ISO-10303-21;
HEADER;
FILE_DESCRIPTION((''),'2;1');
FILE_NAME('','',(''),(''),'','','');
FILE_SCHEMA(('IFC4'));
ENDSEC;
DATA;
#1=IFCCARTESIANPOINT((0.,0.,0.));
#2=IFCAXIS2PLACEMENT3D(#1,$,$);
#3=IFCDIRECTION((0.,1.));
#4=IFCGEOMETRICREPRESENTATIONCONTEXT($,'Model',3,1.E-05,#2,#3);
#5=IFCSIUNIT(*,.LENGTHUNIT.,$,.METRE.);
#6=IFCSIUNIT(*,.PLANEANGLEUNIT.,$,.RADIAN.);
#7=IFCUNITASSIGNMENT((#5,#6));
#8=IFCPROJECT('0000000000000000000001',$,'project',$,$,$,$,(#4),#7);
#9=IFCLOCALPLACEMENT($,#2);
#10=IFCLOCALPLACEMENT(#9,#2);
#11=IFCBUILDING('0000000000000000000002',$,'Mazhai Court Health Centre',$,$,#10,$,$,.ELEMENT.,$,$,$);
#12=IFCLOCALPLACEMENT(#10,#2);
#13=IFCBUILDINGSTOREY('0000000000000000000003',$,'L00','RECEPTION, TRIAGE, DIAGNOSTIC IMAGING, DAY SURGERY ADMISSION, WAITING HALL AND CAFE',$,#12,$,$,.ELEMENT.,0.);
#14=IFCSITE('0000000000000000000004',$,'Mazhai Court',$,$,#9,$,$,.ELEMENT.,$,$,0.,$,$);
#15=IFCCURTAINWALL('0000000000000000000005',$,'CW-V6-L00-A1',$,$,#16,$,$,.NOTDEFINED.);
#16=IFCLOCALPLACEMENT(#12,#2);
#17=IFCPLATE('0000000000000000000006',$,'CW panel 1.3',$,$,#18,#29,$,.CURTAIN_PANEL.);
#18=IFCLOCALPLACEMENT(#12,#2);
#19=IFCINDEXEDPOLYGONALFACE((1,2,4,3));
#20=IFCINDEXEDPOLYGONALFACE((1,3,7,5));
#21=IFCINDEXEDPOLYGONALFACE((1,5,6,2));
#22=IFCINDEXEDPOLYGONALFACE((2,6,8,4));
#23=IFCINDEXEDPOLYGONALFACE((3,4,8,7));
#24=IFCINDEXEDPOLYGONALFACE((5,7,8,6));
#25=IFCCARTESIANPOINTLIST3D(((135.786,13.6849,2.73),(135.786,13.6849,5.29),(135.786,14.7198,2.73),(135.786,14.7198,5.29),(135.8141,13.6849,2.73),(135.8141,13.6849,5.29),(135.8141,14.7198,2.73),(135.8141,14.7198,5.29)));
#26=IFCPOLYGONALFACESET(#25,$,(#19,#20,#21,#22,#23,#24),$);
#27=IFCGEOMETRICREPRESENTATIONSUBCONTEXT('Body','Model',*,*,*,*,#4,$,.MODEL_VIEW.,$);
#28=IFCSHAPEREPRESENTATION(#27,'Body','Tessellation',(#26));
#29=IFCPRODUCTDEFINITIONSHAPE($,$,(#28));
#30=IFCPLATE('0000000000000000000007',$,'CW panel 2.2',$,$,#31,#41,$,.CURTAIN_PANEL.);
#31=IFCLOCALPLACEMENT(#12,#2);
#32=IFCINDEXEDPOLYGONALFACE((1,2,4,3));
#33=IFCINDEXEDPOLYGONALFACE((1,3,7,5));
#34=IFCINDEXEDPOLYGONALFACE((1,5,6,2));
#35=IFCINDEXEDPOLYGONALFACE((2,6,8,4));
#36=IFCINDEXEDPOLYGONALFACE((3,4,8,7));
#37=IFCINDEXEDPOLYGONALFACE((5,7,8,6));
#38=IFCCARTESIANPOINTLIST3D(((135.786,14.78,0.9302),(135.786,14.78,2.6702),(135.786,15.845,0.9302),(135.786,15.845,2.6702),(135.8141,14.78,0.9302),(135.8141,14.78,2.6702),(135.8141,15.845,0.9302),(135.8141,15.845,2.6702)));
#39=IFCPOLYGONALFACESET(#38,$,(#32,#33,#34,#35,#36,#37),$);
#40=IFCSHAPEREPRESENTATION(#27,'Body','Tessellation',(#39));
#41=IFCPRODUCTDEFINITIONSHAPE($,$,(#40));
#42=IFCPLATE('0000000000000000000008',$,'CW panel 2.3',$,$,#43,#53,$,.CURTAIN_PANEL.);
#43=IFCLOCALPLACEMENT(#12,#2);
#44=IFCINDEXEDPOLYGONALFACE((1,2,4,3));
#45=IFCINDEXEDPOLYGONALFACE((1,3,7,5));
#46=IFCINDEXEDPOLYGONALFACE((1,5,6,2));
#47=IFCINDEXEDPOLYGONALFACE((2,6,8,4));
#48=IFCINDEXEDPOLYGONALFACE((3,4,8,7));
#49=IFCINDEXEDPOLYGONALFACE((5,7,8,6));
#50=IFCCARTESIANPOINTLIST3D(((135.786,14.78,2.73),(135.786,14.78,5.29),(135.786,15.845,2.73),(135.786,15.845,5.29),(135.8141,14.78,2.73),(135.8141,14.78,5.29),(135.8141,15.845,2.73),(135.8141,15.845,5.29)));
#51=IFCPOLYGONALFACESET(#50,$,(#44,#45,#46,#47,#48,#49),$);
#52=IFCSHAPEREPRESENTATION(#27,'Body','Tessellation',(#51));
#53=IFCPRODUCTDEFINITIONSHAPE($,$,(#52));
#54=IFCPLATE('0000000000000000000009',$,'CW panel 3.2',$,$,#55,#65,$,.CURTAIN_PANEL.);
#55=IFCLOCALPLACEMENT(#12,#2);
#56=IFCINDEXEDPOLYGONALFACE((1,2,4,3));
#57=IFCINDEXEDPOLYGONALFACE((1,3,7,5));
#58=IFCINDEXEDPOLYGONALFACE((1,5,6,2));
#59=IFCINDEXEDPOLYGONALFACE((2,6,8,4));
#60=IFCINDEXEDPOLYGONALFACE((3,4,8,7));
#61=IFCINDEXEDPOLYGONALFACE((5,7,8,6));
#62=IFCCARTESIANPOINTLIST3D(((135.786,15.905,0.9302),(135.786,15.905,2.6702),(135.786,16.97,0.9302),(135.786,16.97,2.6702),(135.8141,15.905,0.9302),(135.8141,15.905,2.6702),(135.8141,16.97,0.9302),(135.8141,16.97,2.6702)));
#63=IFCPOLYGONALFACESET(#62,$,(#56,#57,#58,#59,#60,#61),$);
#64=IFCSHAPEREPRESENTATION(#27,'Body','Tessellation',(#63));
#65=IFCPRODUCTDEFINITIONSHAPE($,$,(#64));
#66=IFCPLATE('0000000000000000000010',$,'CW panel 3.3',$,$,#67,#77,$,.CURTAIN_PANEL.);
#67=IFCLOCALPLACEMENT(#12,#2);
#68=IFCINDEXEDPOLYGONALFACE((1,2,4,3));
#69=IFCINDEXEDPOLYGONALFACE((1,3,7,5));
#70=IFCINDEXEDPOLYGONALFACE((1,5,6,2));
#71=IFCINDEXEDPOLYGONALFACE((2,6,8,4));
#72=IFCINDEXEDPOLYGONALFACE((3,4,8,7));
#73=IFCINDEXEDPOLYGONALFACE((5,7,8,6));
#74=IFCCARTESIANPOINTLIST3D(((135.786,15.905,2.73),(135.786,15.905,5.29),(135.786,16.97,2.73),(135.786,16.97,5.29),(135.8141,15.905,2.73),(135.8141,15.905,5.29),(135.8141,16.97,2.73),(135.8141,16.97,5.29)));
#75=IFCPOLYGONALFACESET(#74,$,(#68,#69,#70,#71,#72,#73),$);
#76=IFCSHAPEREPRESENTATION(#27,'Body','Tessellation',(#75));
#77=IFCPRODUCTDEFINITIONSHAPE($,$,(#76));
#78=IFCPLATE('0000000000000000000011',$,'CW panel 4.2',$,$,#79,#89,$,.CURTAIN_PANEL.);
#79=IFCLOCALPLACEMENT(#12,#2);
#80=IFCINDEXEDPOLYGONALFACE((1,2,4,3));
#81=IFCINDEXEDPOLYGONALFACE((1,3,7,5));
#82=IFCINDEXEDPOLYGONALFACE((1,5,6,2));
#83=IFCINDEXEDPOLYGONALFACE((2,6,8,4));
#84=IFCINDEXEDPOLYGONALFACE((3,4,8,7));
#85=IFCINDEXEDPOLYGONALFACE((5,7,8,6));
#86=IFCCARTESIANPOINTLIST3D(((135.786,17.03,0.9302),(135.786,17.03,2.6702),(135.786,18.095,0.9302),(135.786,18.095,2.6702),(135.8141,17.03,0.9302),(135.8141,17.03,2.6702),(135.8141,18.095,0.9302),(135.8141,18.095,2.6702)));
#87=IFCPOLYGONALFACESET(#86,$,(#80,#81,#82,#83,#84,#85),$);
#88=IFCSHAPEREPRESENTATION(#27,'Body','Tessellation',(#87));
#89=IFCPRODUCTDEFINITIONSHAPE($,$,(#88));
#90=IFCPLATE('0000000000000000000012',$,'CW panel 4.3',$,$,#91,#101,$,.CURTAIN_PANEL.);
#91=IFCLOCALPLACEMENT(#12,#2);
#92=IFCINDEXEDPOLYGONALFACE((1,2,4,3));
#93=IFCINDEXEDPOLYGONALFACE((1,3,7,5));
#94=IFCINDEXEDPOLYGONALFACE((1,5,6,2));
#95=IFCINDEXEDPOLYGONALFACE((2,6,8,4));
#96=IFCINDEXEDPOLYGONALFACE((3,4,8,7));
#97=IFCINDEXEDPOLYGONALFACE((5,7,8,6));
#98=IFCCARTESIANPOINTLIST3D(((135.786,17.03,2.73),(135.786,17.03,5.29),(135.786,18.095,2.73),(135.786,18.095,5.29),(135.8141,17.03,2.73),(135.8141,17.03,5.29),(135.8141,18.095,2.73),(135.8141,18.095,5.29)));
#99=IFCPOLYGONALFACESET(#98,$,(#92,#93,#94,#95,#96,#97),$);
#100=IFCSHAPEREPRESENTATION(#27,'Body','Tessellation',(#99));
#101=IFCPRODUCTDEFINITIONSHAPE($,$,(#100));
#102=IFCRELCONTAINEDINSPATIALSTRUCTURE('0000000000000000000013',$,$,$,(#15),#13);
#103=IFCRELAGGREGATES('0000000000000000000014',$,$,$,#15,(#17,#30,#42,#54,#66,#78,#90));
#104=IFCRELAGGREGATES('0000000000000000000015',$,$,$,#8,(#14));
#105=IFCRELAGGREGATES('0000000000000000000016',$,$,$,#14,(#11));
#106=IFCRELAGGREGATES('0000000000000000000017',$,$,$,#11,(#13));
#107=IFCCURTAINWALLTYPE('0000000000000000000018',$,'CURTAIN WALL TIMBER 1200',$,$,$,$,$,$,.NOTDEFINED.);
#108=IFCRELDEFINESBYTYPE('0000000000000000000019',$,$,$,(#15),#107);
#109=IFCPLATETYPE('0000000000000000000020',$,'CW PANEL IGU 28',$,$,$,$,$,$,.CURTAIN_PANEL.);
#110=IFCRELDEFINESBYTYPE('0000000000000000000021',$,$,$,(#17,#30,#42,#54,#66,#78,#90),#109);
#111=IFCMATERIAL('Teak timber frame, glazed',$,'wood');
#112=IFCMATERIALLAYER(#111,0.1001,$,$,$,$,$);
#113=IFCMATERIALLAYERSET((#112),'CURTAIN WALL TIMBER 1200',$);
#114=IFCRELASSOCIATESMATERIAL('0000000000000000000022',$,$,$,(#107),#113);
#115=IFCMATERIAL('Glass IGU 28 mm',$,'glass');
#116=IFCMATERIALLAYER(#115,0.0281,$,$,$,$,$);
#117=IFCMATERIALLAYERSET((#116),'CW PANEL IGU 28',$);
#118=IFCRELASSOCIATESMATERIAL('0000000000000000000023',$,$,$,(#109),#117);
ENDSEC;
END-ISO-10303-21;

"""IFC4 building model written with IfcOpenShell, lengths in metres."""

from ifc_helpers import new_model, si_unit, direction, frame, origin, origin_2d, place, context, subcontext, project, spatial, rectangle, extrude, material, layer, layer_set, type_object, element, aggregate, save


model = new_model("IFC4")

# Units and contexts
model_context = context("Model", 3, precision=1e-05, world=origin(), true_north=direction((0.0, 1.0)))
body_context = subcontext(model_context, "Body", "Model", "MODEL_VIEW")
ifc_project = project(units=[si_unit("LENGTHUNIT", "METRE"), si_unit("PLANEANGLEUNIT", "RADIAN")], contexts=[model_context])

# Site, building, storey
site_placement = place(None, origin())
site = spatial("IfcSite", under=ifc_project, at=site_placement, Name="Mazhai Court", CompositionType="ELEMENT", RefElevation=0.0)
building_placement = place(site_placement, origin())
building = spatial("IfcBuilding", under=site, at=building_placement, Name="Mazhai Court Health Centre", CompositionType="ELEMENT")
storey_placement = place(building_placement, origin())
storey = spatial("IfcBuildingStorey", under=building, at=storey_placement, Name="L00", Description="RECEPTION, TRIAGE, DIAGNOSTIC IMAGING, DAY SURGERY ADMISSION, WAITING HALL AND CAFE", CompositionType="ELEMENT", Elevation=0.0)

# Curtain wall, plates
ifc_material_1 = material(Name="Teak timber frame, glazed", Category="wood")
ifc_layer_1 = layer(ifc_material_1, 0.1001)
ifc_layer_set_1 = layer_set([ifc_layer_1], Name="CURTAIN WALL TIMBER 1200")
curtain_wall_type = type_object("IfcCurtainWallType", Name="CURTAIN WALL TIMBER 1200", PredefinedType="NOTDEFINED", material=ifc_layer_set_1)
curtain_wall_placement = place(storey_placement, origin())
curtain_wall = element("IfcCurtainWall", 1, at=curtain_wall_placement, inside=storey, type_object=curtain_wall_type, Name="CW-V6-L00-A1", PredefinedType="NOTDEFINED")
ifc_material_2 = material(Name="Glass IGU 28 mm", Category="glass")
ifc_layer_2 = layer(ifc_material_2, 0.0281)
ifc_layer_set_2 = layer_set([ifc_layer_2], Name="CW PANEL IGU 28")
plate_type = type_object("IfcPlateType", Name="CW PANEL IGU 28", PredefinedType="CURTAIN_PANEL", material=ifc_layer_set_2)
plate_1_placement = place(storey_placement, frame((135.8, 14.2024, 2.73), z_axis=(0.0, 0.0, 1.0), x_axis=(0.0, 1.0, 0.0)))
plate_1 = element("IfcPlate", 2, at=plate_1_placement, type_object=plate_type, Name="CW panel 1.3", PredefinedType="CURTAIN_PANEL", context=body_context, shape_type="SweptSolid", body=[
    extrude(rectangle(XDim=1.0349, YDim=0.0281, at=origin_2d()), origin(), (0.0, 0.0, 1.0), 2.5601),
])
plate_2_placement = place(storey_placement, frame((135.8, 15.3125, 0.9302), z_axis=(0.0, 0.0, 1.0), x_axis=(0.0, 1.0, 0.0)))
plate_2 = element("IfcPlate", 3, at=plate_2_placement, type_object=plate_type, Name="CW panel 2.2", PredefinedType="CURTAIN_PANEL", context=body_context, shape_type="SweptSolid", body=[
    extrude(rectangle(XDim=1.0649, YDim=0.0281, at=origin_2d()), origin(), (0.0, 0.0, 1.0), 1.74),
])
plate_3_placement = place(storey_placement, frame((135.8, 15.3125, 2.73), z_axis=(0.0, 0.0, 1.0), x_axis=(0.0, 1.0, 0.0)))
plate_3 = element("IfcPlate", 4, at=plate_3_placement, type_object=plate_type, Name="CW panel 2.3", PredefinedType="CURTAIN_PANEL", context=body_context, shape_type="SweptSolid", body=[
    extrude(rectangle(XDim=1.0649, YDim=0.0281, at=origin_2d()), origin(), (0.0, 0.0, 1.0), 2.5601),
])
plate_4_placement = place(storey_placement, frame((135.8, 16.4375, 0.9302), z_axis=(0.0, 0.0, 1.0), x_axis=(0.0, 1.0, 0.0)))
plate_4 = element("IfcPlate", 5, at=plate_4_placement, type_object=plate_type, Name="CW panel 3.2", PredefinedType="CURTAIN_PANEL", context=body_context, shape_type="SweptSolid", body=[
    extrude(rectangle(XDim=1.0649, YDim=0.0281, at=origin_2d()), origin(), (0.0, 0.0, 1.0), 1.74),
])
plate_5_placement = place(storey_placement, frame((135.8, 16.4375, 2.73), z_axis=(0.0, 0.0, 1.0), x_axis=(0.0, 1.0, 0.0)))
plate_5 = element("IfcPlate", 6, at=plate_5_placement, type_object=plate_type, Name="CW panel 3.3", PredefinedType="CURTAIN_PANEL", context=body_context, shape_type="SweptSolid", body=[
    extrude(rectangle(XDim=1.0649, YDim=0.0281, at=origin_2d()), origin(), (0.0, 0.0, 1.0), 2.5601),
])
plate_6_placement = place(storey_placement, frame((135.8, 17.5625, 0.9302), z_axis=(0.0, 0.0, 1.0), x_axis=(0.0, 1.0, 0.0)))
plate_6 = element("IfcPlate", 7, at=plate_6_placement, type_object=plate_type, Name="CW panel 4.2", PredefinedType="CURTAIN_PANEL", context=body_context, shape_type="SweptSolid", body=[
    extrude(rectangle(XDim=1.0649, YDim=0.0281, at=origin_2d()), origin(), (0.0, 0.0, 1.0), 1.74),
])
plate_7_placement = place(storey_placement, frame((135.8, 17.5625, 2.73), z_axis=(0.0, 0.0, 1.0), x_axis=(0.0, 1.0, 0.0)))
plate_7 = element("IfcPlate", 8, at=plate_7_placement, type_object=plate_type, Name="CW panel 4.3", PredefinedType="CURTAIN_PANEL", context=body_context, shape_type="SweptSolid", body=[
    extrude(rectangle(XDim=1.0649, YDim=0.0281, at=origin_2d()), origin(), (0.0, 0.0, 1.0), 2.5601),
])
aggregate(curtain_wall, [plate_1, plate_2, plate_3, plate_4, plate_5, plate_6, plate_7])

save(model, "model.ifc")
